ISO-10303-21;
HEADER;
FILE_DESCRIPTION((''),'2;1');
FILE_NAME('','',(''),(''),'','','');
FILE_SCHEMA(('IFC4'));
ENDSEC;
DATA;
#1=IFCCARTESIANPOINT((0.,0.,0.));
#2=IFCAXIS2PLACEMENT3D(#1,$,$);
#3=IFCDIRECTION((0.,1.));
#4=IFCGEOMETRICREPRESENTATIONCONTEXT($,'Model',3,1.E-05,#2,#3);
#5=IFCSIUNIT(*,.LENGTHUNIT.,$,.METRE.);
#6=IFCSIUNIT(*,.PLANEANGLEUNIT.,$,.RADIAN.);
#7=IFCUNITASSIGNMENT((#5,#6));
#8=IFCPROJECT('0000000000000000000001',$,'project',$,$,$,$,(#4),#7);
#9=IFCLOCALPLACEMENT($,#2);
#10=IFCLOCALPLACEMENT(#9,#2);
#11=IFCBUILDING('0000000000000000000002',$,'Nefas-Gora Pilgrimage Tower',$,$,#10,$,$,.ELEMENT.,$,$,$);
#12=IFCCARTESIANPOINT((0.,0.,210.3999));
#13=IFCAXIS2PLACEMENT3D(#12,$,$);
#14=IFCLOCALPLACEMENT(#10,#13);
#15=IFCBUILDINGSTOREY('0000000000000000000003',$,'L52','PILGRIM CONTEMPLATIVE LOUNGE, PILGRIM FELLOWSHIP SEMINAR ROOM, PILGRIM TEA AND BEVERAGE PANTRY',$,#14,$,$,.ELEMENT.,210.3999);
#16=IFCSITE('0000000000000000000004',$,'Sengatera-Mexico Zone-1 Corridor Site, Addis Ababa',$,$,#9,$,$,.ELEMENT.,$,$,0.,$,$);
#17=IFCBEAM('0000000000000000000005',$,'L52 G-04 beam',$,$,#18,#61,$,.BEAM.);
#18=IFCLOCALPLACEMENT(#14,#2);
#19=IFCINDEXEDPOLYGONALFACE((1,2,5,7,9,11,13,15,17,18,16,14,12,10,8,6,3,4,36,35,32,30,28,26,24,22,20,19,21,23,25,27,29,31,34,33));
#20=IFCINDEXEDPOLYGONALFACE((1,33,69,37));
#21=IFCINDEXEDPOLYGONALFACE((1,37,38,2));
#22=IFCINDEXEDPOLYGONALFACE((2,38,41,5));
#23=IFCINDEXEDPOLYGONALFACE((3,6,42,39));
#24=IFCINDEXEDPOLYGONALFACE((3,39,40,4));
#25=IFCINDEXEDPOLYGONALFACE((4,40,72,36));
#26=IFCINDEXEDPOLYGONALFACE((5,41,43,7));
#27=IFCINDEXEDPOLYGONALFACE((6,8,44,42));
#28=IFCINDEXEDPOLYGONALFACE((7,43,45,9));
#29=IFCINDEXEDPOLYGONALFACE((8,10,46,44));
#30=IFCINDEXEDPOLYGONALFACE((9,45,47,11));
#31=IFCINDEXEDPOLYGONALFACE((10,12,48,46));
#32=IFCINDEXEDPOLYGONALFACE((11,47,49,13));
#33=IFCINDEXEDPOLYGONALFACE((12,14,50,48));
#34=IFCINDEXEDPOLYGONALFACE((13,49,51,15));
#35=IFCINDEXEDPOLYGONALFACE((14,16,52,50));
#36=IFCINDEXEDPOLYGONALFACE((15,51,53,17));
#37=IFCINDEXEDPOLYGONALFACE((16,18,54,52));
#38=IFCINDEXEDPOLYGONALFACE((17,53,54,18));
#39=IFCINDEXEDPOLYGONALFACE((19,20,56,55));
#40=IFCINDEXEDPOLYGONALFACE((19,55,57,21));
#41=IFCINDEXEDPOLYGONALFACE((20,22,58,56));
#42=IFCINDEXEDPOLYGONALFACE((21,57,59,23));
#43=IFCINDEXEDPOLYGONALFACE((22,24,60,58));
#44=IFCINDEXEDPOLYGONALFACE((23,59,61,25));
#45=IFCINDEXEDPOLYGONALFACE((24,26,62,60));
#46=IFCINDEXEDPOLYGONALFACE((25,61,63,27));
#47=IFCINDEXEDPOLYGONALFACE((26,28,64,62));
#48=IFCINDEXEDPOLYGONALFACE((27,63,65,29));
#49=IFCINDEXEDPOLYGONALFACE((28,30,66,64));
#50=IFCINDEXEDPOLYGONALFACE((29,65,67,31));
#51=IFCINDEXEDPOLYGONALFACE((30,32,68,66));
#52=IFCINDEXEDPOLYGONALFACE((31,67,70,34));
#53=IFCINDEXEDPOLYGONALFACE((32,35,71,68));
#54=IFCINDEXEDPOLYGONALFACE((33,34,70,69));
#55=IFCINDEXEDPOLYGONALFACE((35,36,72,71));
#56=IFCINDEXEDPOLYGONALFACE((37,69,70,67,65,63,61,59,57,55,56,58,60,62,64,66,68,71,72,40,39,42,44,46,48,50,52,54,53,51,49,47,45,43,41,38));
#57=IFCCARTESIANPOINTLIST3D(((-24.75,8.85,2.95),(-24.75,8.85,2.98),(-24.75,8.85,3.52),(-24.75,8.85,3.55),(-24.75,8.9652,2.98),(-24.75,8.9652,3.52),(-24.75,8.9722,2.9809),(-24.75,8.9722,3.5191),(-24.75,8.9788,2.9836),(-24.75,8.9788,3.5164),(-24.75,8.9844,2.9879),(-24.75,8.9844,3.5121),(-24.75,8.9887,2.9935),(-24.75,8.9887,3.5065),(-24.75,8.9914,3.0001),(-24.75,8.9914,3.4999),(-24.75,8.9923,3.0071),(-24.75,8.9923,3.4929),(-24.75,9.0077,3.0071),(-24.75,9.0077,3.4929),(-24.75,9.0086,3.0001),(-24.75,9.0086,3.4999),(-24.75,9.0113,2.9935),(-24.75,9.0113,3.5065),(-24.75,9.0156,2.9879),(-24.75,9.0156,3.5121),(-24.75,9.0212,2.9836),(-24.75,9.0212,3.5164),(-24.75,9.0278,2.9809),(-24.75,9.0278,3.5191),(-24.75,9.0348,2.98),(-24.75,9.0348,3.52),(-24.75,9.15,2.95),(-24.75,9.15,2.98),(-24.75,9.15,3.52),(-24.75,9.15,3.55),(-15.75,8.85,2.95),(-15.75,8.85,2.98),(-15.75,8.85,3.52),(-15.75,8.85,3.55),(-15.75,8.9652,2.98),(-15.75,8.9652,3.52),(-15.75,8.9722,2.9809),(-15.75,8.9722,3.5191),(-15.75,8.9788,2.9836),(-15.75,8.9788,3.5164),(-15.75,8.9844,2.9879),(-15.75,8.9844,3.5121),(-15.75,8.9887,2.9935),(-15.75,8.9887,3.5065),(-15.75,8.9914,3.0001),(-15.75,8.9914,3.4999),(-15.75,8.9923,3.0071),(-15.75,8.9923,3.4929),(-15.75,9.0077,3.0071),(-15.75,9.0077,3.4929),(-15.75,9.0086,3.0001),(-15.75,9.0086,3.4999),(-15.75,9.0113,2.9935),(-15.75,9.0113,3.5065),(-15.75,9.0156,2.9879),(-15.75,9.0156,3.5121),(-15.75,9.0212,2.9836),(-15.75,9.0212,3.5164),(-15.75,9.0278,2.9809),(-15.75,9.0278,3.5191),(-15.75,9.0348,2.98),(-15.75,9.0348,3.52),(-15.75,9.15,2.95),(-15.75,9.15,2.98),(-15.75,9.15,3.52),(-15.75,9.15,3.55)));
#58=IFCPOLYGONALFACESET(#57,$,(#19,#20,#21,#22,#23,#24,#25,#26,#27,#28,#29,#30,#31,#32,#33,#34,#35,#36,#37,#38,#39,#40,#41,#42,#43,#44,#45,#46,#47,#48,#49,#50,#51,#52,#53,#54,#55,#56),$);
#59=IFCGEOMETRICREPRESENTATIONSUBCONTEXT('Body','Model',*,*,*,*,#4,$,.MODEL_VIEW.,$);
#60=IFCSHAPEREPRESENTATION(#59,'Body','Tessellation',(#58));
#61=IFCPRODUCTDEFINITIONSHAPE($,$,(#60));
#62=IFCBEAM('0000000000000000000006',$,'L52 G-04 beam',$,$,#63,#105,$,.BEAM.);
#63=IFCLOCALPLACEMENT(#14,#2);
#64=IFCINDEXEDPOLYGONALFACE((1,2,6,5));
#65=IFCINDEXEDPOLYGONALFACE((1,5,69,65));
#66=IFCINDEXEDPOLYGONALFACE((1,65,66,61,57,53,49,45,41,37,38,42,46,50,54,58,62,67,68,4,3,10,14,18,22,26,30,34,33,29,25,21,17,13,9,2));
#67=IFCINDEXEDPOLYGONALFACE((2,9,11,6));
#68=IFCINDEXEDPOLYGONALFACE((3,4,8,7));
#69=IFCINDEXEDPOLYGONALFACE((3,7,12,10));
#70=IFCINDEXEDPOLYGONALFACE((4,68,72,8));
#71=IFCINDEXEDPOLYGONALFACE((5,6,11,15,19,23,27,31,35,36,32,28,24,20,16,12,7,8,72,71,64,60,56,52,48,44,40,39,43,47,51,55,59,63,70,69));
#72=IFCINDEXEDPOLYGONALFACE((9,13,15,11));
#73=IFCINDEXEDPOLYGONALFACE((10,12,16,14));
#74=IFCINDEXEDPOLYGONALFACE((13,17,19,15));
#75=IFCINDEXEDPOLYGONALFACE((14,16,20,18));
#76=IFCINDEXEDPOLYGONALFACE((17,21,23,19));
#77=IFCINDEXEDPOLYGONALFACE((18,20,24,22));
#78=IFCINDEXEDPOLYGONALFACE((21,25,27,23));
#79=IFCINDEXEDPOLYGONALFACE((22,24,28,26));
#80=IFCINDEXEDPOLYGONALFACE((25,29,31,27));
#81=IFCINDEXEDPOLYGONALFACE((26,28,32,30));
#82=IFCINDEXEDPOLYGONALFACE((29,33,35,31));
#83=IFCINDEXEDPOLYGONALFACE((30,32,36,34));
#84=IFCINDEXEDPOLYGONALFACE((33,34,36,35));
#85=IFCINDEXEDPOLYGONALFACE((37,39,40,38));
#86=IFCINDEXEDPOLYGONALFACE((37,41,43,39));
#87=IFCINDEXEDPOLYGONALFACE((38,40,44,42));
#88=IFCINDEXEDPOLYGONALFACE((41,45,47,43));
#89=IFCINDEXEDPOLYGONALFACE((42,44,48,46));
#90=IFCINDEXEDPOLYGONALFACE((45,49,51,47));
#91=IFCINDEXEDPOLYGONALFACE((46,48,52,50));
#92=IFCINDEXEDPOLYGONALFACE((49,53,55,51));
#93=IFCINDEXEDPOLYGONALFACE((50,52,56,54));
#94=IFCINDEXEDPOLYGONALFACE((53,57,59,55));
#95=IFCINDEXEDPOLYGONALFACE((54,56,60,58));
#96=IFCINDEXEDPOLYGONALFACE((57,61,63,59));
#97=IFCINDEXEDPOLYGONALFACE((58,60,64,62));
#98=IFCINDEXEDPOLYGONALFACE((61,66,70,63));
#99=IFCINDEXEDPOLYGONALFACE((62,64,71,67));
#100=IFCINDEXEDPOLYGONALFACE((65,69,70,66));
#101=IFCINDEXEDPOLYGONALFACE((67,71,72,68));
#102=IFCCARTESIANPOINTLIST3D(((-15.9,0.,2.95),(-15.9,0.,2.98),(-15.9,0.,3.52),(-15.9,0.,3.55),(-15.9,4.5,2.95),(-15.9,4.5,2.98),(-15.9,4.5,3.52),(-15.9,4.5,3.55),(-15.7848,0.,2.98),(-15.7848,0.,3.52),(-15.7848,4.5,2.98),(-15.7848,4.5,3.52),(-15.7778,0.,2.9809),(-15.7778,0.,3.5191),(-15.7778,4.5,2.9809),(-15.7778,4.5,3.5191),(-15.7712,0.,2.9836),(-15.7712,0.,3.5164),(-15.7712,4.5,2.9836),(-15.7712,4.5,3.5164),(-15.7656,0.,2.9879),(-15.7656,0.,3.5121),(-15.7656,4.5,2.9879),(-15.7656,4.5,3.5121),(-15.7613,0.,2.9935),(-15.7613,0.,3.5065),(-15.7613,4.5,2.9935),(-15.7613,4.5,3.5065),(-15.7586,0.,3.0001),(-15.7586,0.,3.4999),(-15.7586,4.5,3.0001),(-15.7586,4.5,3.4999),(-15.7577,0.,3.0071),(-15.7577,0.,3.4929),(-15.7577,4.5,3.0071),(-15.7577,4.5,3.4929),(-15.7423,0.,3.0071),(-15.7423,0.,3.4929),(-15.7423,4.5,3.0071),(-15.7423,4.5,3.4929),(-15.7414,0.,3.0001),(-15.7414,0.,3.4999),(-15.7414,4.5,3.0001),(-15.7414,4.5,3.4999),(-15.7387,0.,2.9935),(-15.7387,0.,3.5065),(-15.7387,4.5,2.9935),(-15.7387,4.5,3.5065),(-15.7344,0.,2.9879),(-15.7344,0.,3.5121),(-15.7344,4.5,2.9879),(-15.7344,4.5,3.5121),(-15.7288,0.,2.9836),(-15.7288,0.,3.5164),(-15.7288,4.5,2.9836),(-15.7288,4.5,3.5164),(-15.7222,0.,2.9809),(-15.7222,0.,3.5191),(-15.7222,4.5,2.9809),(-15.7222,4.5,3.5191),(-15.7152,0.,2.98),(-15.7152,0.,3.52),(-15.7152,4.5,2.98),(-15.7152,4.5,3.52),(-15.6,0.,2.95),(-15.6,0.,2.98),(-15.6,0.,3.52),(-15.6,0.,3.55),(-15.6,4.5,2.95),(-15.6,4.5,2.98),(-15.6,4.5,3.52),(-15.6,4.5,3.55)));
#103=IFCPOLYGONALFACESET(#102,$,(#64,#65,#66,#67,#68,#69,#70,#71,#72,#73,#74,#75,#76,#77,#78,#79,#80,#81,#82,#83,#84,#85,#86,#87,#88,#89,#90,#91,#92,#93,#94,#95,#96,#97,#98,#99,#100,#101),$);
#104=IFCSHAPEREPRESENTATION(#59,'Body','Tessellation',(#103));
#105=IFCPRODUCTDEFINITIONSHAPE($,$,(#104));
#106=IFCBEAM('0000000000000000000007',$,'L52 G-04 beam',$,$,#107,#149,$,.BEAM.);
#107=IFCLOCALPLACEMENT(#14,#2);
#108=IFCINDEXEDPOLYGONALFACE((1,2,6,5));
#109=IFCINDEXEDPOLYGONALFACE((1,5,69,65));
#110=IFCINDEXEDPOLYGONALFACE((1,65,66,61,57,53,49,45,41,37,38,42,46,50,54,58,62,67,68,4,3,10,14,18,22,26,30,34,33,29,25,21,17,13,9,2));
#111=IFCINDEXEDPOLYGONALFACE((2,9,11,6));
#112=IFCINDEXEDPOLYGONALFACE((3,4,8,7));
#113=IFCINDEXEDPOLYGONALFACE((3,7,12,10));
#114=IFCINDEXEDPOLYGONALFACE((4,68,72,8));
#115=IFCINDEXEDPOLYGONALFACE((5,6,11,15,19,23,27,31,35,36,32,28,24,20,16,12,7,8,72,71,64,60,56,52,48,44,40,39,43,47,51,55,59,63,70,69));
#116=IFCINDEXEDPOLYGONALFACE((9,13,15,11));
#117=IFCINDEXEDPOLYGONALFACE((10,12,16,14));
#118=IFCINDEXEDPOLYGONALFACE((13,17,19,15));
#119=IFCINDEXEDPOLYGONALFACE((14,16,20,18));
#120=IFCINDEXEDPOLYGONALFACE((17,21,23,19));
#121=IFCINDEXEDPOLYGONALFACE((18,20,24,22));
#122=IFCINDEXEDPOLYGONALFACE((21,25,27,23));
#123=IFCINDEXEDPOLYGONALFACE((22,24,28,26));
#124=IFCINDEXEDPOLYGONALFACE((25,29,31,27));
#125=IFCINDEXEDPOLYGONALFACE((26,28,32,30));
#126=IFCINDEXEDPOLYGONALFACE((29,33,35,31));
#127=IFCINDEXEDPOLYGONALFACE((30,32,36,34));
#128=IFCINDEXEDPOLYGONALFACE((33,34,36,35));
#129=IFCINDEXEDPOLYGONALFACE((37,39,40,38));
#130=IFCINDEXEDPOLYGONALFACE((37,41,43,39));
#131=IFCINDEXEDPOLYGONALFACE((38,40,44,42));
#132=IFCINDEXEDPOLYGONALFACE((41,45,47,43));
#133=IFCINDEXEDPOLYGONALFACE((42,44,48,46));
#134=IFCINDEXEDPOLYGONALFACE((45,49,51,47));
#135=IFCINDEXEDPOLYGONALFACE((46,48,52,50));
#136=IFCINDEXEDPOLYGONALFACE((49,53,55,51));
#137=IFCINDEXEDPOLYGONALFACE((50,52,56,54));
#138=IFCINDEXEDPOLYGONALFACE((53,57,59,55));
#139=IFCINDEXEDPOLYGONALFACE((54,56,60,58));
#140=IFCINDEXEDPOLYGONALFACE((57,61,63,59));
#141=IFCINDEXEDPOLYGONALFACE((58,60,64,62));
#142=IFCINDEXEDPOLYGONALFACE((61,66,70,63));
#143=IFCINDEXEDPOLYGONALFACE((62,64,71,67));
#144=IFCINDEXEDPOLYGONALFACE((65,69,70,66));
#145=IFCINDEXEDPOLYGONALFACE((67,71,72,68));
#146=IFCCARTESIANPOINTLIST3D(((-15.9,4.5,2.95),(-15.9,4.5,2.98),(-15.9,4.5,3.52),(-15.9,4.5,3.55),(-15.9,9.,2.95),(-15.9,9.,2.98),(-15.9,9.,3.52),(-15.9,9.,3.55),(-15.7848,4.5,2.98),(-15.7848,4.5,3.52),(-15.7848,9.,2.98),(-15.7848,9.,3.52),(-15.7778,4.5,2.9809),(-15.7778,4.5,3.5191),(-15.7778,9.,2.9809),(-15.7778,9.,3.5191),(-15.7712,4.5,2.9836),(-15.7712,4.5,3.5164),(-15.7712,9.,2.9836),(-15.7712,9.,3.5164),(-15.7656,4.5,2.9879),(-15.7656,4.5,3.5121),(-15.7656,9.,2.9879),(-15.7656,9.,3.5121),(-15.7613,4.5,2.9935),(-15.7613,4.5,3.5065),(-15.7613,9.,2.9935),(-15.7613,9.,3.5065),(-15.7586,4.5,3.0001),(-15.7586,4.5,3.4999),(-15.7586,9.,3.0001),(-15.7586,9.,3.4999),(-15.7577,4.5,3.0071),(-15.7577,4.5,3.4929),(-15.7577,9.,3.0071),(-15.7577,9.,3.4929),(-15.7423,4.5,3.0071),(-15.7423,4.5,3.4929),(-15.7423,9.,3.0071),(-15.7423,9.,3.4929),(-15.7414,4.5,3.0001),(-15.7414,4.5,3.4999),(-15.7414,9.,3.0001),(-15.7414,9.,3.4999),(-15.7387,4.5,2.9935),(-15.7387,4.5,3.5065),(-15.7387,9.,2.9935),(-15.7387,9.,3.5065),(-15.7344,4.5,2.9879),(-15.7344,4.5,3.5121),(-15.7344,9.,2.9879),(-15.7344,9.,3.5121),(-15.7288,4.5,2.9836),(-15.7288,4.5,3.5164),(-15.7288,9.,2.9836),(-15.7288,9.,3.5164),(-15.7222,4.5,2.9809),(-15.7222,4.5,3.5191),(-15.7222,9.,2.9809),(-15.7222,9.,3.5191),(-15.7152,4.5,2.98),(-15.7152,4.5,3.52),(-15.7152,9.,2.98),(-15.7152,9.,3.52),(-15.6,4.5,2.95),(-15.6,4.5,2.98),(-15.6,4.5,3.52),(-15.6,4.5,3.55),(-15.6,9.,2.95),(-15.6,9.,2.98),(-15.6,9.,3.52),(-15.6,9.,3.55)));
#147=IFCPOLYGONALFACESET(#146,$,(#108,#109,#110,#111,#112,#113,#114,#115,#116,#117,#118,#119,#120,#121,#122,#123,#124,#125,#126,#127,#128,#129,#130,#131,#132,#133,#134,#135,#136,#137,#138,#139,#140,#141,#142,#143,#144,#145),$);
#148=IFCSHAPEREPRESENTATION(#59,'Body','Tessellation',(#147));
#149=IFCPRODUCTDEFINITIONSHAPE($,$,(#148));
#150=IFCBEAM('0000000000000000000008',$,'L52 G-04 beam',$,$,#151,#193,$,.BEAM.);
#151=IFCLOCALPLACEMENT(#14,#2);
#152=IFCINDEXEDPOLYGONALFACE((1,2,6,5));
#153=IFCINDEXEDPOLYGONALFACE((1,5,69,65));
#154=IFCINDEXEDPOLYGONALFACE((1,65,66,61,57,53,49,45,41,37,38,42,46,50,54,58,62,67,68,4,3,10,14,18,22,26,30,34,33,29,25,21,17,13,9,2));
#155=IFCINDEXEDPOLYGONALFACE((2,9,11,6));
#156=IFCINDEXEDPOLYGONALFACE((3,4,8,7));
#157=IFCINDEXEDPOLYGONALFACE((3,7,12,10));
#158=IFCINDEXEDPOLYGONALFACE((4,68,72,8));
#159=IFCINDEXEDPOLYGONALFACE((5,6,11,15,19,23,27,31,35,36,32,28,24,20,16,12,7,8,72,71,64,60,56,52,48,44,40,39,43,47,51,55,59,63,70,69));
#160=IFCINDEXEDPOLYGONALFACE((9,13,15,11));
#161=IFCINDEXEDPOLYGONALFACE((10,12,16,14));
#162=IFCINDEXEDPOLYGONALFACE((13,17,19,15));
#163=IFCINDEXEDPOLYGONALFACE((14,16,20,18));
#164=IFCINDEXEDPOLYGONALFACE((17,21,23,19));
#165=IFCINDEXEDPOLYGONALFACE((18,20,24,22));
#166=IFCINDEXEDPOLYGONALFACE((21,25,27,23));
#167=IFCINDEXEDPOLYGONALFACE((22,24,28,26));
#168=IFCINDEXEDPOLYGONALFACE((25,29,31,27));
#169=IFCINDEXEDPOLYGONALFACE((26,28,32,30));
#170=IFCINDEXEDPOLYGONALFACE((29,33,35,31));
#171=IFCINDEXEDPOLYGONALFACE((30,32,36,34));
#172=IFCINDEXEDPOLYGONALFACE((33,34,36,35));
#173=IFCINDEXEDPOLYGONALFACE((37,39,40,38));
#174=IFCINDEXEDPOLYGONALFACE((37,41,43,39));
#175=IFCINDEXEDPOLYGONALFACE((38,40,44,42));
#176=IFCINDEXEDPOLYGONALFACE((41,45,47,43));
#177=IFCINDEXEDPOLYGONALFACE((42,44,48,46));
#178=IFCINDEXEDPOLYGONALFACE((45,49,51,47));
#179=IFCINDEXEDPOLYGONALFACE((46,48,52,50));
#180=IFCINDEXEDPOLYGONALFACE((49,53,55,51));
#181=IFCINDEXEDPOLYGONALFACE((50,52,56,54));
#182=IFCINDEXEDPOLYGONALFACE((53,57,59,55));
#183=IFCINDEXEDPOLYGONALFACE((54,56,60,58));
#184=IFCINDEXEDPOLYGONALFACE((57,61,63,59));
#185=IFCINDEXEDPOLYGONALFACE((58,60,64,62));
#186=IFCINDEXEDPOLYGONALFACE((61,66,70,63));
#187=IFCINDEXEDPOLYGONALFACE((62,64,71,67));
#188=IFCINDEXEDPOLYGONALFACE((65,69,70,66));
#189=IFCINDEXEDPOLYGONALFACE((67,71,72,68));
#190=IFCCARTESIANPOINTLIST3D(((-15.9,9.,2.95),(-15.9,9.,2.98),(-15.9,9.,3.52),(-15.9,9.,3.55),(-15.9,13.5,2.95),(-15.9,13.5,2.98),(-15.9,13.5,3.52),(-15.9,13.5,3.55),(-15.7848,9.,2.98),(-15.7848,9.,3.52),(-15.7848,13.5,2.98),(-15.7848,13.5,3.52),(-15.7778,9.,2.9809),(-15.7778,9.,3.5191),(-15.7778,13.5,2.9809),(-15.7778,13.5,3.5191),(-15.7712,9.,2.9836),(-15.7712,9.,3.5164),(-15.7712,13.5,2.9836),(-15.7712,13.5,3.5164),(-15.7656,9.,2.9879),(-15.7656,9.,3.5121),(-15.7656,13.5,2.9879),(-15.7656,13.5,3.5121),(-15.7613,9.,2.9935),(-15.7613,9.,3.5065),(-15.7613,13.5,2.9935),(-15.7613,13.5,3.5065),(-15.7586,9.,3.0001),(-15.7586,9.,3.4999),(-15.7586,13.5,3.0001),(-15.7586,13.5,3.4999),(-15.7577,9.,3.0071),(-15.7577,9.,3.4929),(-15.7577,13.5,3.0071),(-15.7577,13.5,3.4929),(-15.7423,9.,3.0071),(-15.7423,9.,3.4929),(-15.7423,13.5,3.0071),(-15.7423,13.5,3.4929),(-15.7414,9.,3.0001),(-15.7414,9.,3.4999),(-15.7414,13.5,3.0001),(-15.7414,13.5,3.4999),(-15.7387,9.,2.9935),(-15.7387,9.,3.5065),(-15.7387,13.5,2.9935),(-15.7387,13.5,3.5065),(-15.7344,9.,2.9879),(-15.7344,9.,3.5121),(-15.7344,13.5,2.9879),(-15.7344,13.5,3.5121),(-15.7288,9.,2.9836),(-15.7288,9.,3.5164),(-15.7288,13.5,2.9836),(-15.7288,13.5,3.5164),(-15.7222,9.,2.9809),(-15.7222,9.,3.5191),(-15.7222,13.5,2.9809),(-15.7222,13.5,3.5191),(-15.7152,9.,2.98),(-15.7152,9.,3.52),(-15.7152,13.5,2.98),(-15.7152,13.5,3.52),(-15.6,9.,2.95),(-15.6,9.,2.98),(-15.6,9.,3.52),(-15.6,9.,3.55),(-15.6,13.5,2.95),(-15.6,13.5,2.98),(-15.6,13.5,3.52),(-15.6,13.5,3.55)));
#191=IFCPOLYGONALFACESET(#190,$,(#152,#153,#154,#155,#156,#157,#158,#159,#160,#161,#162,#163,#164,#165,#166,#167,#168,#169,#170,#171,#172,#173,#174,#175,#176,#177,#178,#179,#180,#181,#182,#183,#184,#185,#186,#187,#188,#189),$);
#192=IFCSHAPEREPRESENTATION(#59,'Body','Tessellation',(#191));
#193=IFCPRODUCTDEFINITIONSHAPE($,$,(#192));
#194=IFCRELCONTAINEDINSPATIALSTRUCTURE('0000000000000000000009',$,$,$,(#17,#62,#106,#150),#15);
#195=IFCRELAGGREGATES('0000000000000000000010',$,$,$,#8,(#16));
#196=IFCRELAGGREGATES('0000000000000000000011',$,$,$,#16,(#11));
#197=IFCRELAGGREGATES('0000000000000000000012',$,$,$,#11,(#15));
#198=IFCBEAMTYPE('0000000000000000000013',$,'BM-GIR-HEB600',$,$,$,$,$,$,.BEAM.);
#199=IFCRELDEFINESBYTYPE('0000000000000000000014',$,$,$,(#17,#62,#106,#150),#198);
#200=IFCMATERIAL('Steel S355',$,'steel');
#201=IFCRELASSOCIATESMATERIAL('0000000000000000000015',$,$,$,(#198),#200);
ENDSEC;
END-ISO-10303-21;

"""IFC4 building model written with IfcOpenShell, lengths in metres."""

from ifc_helpers import new_model, si_unit, direction, frame, origin, origin_2d, place, context, subcontext, project, spatial, i_section, extrude, source, transform, mapped, material, material_profile, profile_set, type_object, element, save


model = new_model("IFC4")

# Units and contexts
model_context = context("Model", 3, precision=1e-05, world=origin(), true_north=direction((0.0, 1.0)))
body_context = subcontext(model_context, "Body", "Model", "MODEL_VIEW")
ifc_project = project(units=[si_unit("LENGTHUNIT", "METRE"), si_unit("PLANEANGLEUNIT", "RADIAN")], contexts=[model_context])

# Site, building, storey
site_placement = place(None, origin())
site = spatial("IfcSite", under=ifc_project, at=site_placement, Name="Sengatera-Mexico Zone-1 Corridor Site, Addis Ababa", CompositionType="ELEMENT", RefElevation=0.0)
building_placement = place(site_placement, origin())
building = spatial("IfcBuilding", under=site, at=building_placement, Name="Nefas-Gora Pilgrimage Tower", CompositionType="ELEMENT")
storey_placement = place(building_placement, frame((0.0, 0.0, 210.3999)))
storey = spatial("IfcBuildingStorey", under=building, at=storey_placement, Name="L52", Description="PILGRIM CONTEMPLATIVE LOUNGE, PILGRIM FELLOWSHIP SEMINAR ROOM, PILGRIM TEA AND BEVERAGE PANTRY", CompositionType="ELEMENT", Elevation=210.3999)

# Beams
ifc_material_1 = material(Name="Steel S355", Category="steel")
ifc_material_profile_1 = material_profile(ifc_material_1, i_section(OverallWidth=0.3, OverallDepth=0.6001, WebThickness=0.0154, FlangeThickness=0.03, FilletRadius=0.0271, at=origin_2d()), Name="HEB 600")
ifc_profile_set_1 = profile_set([ifc_material_profile_1], Name="Steel S355")
beam_type_1 = type_object("IfcBeamType", Name="BM-GIR-HEB600", PredefinedType="BEAM", material=ifc_profile_set_1)
shared_shape_1 = source(origin(), body_context, "Body", "SweptSolid", [
    extrude(i_section(OverallWidth=0.3, OverallDepth=0.6001, WebThickness=0.0154, FlangeThickness=0.03, FilletRadius=0.0271, at=origin_2d()), origin(), (0.0, 0.0, 1.0), 9.0),
])
for number, where, z_axis, x_axis, name in (
    (1, (-24.75, 9.0, 3.25), (1.0, 0.0, 0.0), (0.0, 1.0, 0.0), "L52 G-04 beam"),
):
    element("IfcBeam", number, at=place(storey_placement, frame(where, z_axis=z_axis, x_axis=x_axis)), inside=storey, type_object=beam_type_1, Name=name, PredefinedType="BEAM", context=body_context, shape_type="MappedRepresentation", body=[
        mapped(shared_shape_1, transform((0.0, 0.0, 0.0), x_axis=(1.0, 0.0, 0.0), y_axis=(0.0, 1.0, 0.0), z_axis=(0.0, 0.0, 1.0), scale=1.0)),
    ])
shared_shape_2 = source(origin(), body_context, "Body", "SweptSolid", [
    extrude(i_section(OverallWidth=0.3, OverallDepth=0.6001, WebThickness=0.0154, FlangeThickness=0.03, FilletRadius=0.0271, at=origin_2d()), origin(), (0.0, 0.0, 1.0), 4.5),
])
for number, where, z_axis, x_axis, name in (
    (2, (-15.75, 0.0, 3.25), (0.0, 1.0, 0.0), (-1.0, 0.0, 0.0), "L52 G-04 beam"),
    (3, (-15.75, 4.5, 3.25), (0.0, 1.0, 0.0), (-1.0, 0.0, 0.0), "L52 G-04 beam"),
    (4, (-15.75, 9.0, 3.25), (0.0, 1.0, 0.0), (-1.0, 0.0, 0.0), "L52 G-04 beam"),
):
    element("IfcBeam", number, at=place(storey_placement, frame(where, z_axis=z_axis, x_axis=x_axis)), inside=storey, type_object=beam_type_1, Name=name, PredefinedType="BEAM", context=body_context, shape_type="MappedRepresentation", body=[
        mapped(shared_shape_2, transform((0.0, 0.0, 0.0), x_axis=(1.0, 0.0, 0.0), y_axis=(0.0, 1.0, 0.0), z_axis=(0.0, 0.0, 1.0), scale=1.0)),
    ])

save(model, "model.ifc")
